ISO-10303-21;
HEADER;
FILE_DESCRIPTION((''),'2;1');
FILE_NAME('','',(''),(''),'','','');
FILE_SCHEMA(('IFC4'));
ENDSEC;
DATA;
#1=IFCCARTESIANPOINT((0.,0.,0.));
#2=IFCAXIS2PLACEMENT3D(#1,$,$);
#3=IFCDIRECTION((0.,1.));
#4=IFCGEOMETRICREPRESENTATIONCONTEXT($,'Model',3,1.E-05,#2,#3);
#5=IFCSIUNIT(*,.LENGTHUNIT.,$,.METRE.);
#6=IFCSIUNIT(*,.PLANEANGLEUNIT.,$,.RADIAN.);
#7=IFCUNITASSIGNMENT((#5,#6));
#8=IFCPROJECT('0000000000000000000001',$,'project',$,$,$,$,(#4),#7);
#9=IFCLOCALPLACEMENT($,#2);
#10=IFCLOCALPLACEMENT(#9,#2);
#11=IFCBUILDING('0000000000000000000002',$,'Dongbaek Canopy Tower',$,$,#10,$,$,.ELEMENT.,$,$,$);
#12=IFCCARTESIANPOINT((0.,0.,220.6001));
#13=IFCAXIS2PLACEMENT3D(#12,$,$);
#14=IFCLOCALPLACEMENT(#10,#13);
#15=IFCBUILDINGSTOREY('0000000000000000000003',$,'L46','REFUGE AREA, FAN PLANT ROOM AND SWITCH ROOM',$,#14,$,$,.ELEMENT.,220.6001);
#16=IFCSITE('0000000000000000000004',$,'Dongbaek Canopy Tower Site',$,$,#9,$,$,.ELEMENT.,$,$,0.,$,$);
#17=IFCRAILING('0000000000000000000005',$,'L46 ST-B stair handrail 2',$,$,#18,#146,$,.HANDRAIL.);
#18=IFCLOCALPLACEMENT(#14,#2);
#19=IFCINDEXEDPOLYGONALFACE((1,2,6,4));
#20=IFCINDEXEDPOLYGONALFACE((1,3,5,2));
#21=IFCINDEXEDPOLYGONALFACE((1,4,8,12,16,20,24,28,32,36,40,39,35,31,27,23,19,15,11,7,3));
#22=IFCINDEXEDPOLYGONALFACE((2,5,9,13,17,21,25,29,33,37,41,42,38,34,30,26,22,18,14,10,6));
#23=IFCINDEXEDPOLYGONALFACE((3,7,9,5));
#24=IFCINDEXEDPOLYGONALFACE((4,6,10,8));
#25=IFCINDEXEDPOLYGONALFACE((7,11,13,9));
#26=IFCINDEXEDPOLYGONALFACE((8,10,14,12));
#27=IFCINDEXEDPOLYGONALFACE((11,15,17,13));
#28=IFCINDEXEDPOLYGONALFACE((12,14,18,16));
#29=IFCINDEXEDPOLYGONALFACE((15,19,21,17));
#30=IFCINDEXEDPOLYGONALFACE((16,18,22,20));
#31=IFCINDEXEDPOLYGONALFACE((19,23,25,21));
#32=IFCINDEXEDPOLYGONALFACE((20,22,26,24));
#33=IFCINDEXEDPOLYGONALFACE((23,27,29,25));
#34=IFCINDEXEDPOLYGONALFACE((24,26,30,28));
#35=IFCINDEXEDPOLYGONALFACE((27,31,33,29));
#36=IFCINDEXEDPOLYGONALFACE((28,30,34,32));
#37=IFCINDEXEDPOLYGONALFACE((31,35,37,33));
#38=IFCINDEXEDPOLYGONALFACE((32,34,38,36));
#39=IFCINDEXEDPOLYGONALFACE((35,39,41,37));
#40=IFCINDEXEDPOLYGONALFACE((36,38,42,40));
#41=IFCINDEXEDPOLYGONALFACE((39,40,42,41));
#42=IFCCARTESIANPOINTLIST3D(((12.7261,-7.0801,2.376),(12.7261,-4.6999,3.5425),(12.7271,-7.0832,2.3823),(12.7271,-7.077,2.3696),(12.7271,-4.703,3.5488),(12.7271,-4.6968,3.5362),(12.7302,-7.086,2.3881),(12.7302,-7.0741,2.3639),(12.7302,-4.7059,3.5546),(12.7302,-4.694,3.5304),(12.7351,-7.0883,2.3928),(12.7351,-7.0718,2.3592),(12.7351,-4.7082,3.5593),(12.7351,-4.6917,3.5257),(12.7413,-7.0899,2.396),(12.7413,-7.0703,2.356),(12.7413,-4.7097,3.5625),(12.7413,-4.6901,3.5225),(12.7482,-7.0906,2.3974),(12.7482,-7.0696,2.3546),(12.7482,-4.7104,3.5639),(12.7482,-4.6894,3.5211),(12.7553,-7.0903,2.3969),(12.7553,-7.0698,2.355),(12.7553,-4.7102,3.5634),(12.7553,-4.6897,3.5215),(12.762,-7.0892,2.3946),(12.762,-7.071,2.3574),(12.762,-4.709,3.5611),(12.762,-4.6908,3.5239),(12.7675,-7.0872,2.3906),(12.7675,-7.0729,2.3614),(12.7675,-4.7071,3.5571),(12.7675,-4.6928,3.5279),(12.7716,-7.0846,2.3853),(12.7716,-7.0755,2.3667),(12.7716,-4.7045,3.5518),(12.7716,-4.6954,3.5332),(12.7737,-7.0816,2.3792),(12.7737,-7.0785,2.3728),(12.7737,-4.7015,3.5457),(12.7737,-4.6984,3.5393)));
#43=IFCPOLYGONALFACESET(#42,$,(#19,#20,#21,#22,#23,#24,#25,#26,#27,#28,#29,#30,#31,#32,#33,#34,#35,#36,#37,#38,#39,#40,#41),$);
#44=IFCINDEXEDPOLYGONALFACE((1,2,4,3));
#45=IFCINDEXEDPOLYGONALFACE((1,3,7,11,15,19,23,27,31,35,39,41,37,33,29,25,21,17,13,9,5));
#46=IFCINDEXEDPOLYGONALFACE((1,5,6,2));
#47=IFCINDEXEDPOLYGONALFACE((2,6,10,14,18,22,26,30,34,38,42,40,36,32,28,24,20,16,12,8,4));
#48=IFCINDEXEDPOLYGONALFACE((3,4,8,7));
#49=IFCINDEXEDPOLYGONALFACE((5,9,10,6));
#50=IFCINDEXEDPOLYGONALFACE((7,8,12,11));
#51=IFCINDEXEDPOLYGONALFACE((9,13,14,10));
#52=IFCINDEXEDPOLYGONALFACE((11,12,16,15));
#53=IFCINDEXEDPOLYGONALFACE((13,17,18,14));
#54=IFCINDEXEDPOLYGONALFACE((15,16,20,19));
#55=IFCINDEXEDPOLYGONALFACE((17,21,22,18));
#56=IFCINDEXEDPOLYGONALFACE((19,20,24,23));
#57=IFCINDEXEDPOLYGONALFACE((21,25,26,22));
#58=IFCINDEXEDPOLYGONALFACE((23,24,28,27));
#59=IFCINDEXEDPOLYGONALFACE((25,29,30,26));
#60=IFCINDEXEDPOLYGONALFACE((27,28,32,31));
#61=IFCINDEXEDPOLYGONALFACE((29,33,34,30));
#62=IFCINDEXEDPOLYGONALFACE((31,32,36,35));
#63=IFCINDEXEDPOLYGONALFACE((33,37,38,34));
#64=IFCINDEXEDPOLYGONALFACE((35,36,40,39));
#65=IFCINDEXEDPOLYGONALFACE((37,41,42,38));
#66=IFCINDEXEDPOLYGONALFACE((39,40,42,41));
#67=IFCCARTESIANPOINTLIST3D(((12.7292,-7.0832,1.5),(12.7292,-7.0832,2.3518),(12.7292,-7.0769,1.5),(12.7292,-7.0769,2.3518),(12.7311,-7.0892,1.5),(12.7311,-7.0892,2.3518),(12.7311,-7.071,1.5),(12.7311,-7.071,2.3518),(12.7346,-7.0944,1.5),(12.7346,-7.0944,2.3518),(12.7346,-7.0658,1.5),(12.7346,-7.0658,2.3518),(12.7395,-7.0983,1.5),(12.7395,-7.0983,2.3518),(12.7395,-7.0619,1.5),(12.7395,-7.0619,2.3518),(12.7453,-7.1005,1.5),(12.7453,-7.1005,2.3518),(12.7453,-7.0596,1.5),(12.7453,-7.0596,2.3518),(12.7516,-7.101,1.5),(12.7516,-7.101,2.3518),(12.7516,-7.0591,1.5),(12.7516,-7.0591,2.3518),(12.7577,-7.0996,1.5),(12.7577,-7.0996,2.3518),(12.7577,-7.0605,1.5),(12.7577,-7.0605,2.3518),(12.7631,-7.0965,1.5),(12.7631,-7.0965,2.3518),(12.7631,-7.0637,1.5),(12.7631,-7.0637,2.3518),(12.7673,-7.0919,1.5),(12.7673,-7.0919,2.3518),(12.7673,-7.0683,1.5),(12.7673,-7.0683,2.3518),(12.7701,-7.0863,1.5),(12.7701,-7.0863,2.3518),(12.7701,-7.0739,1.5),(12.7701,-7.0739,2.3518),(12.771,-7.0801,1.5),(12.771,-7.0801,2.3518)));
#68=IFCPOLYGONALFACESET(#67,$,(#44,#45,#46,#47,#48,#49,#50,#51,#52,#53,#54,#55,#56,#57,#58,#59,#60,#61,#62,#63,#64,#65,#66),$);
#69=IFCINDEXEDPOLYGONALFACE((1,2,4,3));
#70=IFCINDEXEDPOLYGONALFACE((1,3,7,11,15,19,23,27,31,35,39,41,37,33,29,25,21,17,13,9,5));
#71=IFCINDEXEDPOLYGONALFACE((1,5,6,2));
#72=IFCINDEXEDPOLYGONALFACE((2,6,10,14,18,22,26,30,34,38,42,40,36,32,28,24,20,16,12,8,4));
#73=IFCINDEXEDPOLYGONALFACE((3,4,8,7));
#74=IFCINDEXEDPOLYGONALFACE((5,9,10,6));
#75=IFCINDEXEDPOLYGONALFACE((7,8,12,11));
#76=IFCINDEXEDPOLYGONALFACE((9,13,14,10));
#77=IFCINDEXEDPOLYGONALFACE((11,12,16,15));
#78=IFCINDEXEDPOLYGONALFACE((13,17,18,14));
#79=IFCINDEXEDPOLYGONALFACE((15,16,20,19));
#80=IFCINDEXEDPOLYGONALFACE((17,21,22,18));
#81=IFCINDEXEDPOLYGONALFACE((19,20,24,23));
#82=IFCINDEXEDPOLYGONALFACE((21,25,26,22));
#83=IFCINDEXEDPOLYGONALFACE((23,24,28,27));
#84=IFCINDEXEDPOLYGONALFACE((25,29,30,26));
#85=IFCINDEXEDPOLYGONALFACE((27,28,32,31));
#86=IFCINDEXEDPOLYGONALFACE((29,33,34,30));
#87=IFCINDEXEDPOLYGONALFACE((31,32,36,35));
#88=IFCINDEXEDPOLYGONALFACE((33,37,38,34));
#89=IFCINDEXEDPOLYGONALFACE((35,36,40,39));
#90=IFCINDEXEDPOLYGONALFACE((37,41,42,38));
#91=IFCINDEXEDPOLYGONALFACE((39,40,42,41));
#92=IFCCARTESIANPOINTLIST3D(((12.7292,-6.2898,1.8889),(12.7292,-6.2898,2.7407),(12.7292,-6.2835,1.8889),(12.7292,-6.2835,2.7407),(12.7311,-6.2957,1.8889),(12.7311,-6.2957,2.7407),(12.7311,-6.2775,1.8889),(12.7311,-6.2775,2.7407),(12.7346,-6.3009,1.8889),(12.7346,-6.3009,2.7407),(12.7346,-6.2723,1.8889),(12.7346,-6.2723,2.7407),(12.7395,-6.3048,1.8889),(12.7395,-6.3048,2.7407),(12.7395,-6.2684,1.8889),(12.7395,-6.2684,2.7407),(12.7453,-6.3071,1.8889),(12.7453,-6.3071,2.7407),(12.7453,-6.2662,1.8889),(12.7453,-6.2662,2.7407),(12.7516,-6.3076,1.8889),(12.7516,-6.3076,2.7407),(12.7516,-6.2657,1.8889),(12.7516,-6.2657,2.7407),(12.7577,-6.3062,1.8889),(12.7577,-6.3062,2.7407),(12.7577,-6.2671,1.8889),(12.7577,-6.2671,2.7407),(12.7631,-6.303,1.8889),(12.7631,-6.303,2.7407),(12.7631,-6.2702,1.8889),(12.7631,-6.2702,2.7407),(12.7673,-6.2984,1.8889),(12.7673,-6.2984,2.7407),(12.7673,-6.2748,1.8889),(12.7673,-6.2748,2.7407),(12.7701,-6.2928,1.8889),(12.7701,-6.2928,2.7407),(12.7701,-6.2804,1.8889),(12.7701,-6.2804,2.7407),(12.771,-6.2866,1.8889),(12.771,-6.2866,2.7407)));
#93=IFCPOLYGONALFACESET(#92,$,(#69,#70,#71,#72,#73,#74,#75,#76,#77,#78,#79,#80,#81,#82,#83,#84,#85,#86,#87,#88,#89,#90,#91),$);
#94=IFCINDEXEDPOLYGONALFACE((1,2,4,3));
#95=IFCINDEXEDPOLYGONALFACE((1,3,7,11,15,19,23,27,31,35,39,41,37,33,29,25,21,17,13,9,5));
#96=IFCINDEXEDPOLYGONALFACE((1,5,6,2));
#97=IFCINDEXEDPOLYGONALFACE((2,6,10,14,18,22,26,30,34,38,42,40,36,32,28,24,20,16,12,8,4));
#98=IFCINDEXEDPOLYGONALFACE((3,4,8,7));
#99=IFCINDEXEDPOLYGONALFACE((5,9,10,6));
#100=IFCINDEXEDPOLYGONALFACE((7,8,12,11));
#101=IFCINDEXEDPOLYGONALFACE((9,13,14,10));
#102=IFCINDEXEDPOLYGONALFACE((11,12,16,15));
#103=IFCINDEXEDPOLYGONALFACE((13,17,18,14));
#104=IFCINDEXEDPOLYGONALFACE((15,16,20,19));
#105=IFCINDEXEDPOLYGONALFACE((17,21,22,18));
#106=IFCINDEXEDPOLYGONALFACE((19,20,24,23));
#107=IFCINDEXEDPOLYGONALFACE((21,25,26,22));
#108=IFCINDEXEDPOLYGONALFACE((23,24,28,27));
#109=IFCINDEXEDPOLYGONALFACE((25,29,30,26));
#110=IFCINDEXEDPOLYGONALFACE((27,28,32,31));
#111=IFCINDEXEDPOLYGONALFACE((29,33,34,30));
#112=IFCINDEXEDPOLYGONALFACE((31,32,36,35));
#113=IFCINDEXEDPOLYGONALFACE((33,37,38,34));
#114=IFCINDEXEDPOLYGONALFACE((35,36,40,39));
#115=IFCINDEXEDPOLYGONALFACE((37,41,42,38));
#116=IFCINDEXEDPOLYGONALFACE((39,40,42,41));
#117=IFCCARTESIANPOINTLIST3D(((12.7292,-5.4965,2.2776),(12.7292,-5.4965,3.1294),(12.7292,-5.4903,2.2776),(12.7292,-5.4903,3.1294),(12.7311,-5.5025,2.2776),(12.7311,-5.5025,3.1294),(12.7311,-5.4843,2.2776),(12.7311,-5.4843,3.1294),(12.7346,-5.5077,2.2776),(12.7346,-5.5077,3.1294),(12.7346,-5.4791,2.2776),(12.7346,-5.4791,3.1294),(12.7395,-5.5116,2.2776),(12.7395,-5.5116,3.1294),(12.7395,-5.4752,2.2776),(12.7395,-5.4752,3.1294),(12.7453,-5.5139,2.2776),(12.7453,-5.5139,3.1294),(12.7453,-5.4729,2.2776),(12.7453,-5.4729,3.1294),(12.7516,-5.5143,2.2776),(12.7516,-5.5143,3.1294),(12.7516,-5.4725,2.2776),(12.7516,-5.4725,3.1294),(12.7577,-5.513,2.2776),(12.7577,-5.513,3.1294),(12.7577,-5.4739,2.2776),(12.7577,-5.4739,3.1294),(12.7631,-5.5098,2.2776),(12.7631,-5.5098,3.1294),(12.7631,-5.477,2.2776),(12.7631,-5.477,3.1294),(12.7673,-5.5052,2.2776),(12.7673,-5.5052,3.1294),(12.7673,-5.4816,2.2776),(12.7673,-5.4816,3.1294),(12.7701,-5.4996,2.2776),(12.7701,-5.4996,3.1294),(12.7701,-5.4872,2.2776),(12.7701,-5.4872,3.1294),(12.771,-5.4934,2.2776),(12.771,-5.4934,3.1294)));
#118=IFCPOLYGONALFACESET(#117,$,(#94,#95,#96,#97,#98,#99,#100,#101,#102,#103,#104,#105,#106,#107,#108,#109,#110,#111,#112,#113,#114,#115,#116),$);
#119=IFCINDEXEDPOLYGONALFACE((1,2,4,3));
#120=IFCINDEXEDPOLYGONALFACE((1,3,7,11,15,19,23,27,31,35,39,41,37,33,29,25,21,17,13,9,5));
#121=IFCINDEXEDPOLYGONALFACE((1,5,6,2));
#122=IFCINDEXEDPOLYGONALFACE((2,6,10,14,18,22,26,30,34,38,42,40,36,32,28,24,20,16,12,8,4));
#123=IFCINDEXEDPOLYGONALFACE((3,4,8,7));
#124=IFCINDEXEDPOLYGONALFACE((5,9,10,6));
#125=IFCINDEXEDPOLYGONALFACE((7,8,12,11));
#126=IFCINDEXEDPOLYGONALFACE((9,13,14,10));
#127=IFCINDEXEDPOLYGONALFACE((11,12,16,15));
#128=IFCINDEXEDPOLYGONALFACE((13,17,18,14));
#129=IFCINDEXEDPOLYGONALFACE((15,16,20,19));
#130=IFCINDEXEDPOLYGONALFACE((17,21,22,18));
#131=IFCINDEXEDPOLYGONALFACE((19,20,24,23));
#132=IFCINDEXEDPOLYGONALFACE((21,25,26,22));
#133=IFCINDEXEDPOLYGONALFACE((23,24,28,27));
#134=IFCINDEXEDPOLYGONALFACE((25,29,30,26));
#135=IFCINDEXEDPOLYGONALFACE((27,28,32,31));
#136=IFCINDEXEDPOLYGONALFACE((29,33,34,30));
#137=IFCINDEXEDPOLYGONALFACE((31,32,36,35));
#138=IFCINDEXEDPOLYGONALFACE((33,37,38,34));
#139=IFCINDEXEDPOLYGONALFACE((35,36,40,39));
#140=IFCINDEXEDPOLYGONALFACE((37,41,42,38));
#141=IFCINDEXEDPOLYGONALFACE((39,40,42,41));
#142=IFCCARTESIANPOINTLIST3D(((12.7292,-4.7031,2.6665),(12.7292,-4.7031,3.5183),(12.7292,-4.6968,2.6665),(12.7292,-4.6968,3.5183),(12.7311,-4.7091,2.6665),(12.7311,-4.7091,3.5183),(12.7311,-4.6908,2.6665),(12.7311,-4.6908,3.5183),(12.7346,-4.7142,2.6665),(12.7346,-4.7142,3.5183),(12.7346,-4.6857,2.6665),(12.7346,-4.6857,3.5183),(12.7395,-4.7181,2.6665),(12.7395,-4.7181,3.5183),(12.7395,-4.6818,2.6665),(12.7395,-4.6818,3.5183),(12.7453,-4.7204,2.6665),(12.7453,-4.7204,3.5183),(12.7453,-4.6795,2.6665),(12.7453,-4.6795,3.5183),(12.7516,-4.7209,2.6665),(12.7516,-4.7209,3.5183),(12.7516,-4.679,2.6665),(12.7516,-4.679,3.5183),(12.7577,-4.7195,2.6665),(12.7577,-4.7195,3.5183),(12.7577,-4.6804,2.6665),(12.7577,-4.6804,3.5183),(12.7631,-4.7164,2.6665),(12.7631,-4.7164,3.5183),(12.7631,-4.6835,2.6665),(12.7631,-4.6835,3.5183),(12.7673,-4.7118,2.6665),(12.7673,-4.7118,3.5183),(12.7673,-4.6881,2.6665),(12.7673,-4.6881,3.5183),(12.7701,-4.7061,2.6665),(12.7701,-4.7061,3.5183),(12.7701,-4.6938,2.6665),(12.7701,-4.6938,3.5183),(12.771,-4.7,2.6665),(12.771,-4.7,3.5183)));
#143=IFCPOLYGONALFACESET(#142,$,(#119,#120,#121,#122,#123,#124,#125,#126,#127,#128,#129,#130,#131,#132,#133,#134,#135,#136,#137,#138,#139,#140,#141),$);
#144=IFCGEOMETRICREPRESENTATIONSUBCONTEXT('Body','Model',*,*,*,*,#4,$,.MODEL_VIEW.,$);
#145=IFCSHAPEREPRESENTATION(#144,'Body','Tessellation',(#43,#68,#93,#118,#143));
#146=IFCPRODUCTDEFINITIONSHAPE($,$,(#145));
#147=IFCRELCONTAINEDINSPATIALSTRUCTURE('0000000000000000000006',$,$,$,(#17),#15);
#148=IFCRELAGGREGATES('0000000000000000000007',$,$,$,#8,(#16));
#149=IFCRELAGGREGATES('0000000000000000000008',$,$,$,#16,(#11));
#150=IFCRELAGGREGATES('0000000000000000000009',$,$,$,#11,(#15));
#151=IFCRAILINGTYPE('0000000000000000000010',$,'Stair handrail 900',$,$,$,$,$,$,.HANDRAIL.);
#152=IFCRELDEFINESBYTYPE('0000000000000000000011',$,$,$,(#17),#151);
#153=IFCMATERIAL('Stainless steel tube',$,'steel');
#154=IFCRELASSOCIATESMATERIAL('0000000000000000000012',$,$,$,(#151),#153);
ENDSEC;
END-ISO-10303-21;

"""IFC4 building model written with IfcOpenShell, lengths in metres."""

from ifc_helpers import new_model, si_unit, direction, frame, origin, origin_2d, place, context, subcontext, project, spatial, circle, extrude, material, type_object, element, save


model = new_model("IFC4")

# Units and contexts
model_context = context("Model", 3, precision=1e-05, world=origin(), true_north=direction((0.0, 1.0)))
body_context = subcontext(model_context, "Body", "Model", "MODEL_VIEW")
ifc_project = project(units=[si_unit("LENGTHUNIT", "METRE"), si_unit("PLANEANGLEUNIT", "RADIAN")], contexts=[model_context])

# Site, building, storey
site_placement = place(None, origin())
site = spatial("IfcSite", under=ifc_project, at=site_placement, Name="Dongbaek Canopy Tower Site", CompositionType="ELEMENT", RefElevation=0.0)
building_placement = place(site_placement, origin())
building = spatial("IfcBuilding", under=site, at=building_placement, Name="Dongbaek Canopy Tower", CompositionType="ELEMENT")
storey_placement = place(building_placement, frame((0.0, 0.0, 220.6001)))
storey = spatial("IfcBuildingStorey", under=building, at=storey_placement, Name="L46", Description="REFUGE AREA, FAN PLANT ROOM AND SWITCH ROOM", CompositionType="ELEMENT", Elevation=220.6001)

# Railing
ifc_material_1 = material(Name="Stainless steel tube", Category="steel")
railing_type = type_object("IfcRailingType", Name="Stair handrail 900", PredefinedType="HANDRAIL", material=ifc_material_1)
railing_placement = place(storey_placement, frame((12.75, -7.0801, 1.5)))
element("IfcRailing", 1, at=railing_placement, inside=storey, type_object=railing_type, Name="L46 ST-B stair handrail 2", PredefinedType="HANDRAIL", context=body_context, shape_type="SweptSolid", body=[
    extrude(circle(Radius=0.0239, at=origin_2d()), frame((0.0, 0.0, 0.876), z_axis=(0.0, 0.897954, 0.440089), x_axis=(-1.0, 0.0, 0.0)), (0.0, 0.0, 1.0), 2.6506),
    extrude(circle(Radius=0.021, at=origin_2d()), origin(), (0.0, 0.0, 1.0), 0.8518),
    extrude(circle(Radius=0.021, at=origin_2d()), frame((0.0, 0.7935, 0.3889)), (0.0, 0.0, 1.0), 0.8518),
    extrude(circle(Radius=0.021, at=origin_2d()), frame((0.0, 1.5867, 0.7776)), (0.0, 0.0, 1.0), 0.8518),
    extrude(circle(Radius=0.021, at=origin_2d()), frame((0.0, 2.3801, 1.1665)), (0.0, 0.0, 1.0), 0.8518),
])

save(model, "model.ifc")
